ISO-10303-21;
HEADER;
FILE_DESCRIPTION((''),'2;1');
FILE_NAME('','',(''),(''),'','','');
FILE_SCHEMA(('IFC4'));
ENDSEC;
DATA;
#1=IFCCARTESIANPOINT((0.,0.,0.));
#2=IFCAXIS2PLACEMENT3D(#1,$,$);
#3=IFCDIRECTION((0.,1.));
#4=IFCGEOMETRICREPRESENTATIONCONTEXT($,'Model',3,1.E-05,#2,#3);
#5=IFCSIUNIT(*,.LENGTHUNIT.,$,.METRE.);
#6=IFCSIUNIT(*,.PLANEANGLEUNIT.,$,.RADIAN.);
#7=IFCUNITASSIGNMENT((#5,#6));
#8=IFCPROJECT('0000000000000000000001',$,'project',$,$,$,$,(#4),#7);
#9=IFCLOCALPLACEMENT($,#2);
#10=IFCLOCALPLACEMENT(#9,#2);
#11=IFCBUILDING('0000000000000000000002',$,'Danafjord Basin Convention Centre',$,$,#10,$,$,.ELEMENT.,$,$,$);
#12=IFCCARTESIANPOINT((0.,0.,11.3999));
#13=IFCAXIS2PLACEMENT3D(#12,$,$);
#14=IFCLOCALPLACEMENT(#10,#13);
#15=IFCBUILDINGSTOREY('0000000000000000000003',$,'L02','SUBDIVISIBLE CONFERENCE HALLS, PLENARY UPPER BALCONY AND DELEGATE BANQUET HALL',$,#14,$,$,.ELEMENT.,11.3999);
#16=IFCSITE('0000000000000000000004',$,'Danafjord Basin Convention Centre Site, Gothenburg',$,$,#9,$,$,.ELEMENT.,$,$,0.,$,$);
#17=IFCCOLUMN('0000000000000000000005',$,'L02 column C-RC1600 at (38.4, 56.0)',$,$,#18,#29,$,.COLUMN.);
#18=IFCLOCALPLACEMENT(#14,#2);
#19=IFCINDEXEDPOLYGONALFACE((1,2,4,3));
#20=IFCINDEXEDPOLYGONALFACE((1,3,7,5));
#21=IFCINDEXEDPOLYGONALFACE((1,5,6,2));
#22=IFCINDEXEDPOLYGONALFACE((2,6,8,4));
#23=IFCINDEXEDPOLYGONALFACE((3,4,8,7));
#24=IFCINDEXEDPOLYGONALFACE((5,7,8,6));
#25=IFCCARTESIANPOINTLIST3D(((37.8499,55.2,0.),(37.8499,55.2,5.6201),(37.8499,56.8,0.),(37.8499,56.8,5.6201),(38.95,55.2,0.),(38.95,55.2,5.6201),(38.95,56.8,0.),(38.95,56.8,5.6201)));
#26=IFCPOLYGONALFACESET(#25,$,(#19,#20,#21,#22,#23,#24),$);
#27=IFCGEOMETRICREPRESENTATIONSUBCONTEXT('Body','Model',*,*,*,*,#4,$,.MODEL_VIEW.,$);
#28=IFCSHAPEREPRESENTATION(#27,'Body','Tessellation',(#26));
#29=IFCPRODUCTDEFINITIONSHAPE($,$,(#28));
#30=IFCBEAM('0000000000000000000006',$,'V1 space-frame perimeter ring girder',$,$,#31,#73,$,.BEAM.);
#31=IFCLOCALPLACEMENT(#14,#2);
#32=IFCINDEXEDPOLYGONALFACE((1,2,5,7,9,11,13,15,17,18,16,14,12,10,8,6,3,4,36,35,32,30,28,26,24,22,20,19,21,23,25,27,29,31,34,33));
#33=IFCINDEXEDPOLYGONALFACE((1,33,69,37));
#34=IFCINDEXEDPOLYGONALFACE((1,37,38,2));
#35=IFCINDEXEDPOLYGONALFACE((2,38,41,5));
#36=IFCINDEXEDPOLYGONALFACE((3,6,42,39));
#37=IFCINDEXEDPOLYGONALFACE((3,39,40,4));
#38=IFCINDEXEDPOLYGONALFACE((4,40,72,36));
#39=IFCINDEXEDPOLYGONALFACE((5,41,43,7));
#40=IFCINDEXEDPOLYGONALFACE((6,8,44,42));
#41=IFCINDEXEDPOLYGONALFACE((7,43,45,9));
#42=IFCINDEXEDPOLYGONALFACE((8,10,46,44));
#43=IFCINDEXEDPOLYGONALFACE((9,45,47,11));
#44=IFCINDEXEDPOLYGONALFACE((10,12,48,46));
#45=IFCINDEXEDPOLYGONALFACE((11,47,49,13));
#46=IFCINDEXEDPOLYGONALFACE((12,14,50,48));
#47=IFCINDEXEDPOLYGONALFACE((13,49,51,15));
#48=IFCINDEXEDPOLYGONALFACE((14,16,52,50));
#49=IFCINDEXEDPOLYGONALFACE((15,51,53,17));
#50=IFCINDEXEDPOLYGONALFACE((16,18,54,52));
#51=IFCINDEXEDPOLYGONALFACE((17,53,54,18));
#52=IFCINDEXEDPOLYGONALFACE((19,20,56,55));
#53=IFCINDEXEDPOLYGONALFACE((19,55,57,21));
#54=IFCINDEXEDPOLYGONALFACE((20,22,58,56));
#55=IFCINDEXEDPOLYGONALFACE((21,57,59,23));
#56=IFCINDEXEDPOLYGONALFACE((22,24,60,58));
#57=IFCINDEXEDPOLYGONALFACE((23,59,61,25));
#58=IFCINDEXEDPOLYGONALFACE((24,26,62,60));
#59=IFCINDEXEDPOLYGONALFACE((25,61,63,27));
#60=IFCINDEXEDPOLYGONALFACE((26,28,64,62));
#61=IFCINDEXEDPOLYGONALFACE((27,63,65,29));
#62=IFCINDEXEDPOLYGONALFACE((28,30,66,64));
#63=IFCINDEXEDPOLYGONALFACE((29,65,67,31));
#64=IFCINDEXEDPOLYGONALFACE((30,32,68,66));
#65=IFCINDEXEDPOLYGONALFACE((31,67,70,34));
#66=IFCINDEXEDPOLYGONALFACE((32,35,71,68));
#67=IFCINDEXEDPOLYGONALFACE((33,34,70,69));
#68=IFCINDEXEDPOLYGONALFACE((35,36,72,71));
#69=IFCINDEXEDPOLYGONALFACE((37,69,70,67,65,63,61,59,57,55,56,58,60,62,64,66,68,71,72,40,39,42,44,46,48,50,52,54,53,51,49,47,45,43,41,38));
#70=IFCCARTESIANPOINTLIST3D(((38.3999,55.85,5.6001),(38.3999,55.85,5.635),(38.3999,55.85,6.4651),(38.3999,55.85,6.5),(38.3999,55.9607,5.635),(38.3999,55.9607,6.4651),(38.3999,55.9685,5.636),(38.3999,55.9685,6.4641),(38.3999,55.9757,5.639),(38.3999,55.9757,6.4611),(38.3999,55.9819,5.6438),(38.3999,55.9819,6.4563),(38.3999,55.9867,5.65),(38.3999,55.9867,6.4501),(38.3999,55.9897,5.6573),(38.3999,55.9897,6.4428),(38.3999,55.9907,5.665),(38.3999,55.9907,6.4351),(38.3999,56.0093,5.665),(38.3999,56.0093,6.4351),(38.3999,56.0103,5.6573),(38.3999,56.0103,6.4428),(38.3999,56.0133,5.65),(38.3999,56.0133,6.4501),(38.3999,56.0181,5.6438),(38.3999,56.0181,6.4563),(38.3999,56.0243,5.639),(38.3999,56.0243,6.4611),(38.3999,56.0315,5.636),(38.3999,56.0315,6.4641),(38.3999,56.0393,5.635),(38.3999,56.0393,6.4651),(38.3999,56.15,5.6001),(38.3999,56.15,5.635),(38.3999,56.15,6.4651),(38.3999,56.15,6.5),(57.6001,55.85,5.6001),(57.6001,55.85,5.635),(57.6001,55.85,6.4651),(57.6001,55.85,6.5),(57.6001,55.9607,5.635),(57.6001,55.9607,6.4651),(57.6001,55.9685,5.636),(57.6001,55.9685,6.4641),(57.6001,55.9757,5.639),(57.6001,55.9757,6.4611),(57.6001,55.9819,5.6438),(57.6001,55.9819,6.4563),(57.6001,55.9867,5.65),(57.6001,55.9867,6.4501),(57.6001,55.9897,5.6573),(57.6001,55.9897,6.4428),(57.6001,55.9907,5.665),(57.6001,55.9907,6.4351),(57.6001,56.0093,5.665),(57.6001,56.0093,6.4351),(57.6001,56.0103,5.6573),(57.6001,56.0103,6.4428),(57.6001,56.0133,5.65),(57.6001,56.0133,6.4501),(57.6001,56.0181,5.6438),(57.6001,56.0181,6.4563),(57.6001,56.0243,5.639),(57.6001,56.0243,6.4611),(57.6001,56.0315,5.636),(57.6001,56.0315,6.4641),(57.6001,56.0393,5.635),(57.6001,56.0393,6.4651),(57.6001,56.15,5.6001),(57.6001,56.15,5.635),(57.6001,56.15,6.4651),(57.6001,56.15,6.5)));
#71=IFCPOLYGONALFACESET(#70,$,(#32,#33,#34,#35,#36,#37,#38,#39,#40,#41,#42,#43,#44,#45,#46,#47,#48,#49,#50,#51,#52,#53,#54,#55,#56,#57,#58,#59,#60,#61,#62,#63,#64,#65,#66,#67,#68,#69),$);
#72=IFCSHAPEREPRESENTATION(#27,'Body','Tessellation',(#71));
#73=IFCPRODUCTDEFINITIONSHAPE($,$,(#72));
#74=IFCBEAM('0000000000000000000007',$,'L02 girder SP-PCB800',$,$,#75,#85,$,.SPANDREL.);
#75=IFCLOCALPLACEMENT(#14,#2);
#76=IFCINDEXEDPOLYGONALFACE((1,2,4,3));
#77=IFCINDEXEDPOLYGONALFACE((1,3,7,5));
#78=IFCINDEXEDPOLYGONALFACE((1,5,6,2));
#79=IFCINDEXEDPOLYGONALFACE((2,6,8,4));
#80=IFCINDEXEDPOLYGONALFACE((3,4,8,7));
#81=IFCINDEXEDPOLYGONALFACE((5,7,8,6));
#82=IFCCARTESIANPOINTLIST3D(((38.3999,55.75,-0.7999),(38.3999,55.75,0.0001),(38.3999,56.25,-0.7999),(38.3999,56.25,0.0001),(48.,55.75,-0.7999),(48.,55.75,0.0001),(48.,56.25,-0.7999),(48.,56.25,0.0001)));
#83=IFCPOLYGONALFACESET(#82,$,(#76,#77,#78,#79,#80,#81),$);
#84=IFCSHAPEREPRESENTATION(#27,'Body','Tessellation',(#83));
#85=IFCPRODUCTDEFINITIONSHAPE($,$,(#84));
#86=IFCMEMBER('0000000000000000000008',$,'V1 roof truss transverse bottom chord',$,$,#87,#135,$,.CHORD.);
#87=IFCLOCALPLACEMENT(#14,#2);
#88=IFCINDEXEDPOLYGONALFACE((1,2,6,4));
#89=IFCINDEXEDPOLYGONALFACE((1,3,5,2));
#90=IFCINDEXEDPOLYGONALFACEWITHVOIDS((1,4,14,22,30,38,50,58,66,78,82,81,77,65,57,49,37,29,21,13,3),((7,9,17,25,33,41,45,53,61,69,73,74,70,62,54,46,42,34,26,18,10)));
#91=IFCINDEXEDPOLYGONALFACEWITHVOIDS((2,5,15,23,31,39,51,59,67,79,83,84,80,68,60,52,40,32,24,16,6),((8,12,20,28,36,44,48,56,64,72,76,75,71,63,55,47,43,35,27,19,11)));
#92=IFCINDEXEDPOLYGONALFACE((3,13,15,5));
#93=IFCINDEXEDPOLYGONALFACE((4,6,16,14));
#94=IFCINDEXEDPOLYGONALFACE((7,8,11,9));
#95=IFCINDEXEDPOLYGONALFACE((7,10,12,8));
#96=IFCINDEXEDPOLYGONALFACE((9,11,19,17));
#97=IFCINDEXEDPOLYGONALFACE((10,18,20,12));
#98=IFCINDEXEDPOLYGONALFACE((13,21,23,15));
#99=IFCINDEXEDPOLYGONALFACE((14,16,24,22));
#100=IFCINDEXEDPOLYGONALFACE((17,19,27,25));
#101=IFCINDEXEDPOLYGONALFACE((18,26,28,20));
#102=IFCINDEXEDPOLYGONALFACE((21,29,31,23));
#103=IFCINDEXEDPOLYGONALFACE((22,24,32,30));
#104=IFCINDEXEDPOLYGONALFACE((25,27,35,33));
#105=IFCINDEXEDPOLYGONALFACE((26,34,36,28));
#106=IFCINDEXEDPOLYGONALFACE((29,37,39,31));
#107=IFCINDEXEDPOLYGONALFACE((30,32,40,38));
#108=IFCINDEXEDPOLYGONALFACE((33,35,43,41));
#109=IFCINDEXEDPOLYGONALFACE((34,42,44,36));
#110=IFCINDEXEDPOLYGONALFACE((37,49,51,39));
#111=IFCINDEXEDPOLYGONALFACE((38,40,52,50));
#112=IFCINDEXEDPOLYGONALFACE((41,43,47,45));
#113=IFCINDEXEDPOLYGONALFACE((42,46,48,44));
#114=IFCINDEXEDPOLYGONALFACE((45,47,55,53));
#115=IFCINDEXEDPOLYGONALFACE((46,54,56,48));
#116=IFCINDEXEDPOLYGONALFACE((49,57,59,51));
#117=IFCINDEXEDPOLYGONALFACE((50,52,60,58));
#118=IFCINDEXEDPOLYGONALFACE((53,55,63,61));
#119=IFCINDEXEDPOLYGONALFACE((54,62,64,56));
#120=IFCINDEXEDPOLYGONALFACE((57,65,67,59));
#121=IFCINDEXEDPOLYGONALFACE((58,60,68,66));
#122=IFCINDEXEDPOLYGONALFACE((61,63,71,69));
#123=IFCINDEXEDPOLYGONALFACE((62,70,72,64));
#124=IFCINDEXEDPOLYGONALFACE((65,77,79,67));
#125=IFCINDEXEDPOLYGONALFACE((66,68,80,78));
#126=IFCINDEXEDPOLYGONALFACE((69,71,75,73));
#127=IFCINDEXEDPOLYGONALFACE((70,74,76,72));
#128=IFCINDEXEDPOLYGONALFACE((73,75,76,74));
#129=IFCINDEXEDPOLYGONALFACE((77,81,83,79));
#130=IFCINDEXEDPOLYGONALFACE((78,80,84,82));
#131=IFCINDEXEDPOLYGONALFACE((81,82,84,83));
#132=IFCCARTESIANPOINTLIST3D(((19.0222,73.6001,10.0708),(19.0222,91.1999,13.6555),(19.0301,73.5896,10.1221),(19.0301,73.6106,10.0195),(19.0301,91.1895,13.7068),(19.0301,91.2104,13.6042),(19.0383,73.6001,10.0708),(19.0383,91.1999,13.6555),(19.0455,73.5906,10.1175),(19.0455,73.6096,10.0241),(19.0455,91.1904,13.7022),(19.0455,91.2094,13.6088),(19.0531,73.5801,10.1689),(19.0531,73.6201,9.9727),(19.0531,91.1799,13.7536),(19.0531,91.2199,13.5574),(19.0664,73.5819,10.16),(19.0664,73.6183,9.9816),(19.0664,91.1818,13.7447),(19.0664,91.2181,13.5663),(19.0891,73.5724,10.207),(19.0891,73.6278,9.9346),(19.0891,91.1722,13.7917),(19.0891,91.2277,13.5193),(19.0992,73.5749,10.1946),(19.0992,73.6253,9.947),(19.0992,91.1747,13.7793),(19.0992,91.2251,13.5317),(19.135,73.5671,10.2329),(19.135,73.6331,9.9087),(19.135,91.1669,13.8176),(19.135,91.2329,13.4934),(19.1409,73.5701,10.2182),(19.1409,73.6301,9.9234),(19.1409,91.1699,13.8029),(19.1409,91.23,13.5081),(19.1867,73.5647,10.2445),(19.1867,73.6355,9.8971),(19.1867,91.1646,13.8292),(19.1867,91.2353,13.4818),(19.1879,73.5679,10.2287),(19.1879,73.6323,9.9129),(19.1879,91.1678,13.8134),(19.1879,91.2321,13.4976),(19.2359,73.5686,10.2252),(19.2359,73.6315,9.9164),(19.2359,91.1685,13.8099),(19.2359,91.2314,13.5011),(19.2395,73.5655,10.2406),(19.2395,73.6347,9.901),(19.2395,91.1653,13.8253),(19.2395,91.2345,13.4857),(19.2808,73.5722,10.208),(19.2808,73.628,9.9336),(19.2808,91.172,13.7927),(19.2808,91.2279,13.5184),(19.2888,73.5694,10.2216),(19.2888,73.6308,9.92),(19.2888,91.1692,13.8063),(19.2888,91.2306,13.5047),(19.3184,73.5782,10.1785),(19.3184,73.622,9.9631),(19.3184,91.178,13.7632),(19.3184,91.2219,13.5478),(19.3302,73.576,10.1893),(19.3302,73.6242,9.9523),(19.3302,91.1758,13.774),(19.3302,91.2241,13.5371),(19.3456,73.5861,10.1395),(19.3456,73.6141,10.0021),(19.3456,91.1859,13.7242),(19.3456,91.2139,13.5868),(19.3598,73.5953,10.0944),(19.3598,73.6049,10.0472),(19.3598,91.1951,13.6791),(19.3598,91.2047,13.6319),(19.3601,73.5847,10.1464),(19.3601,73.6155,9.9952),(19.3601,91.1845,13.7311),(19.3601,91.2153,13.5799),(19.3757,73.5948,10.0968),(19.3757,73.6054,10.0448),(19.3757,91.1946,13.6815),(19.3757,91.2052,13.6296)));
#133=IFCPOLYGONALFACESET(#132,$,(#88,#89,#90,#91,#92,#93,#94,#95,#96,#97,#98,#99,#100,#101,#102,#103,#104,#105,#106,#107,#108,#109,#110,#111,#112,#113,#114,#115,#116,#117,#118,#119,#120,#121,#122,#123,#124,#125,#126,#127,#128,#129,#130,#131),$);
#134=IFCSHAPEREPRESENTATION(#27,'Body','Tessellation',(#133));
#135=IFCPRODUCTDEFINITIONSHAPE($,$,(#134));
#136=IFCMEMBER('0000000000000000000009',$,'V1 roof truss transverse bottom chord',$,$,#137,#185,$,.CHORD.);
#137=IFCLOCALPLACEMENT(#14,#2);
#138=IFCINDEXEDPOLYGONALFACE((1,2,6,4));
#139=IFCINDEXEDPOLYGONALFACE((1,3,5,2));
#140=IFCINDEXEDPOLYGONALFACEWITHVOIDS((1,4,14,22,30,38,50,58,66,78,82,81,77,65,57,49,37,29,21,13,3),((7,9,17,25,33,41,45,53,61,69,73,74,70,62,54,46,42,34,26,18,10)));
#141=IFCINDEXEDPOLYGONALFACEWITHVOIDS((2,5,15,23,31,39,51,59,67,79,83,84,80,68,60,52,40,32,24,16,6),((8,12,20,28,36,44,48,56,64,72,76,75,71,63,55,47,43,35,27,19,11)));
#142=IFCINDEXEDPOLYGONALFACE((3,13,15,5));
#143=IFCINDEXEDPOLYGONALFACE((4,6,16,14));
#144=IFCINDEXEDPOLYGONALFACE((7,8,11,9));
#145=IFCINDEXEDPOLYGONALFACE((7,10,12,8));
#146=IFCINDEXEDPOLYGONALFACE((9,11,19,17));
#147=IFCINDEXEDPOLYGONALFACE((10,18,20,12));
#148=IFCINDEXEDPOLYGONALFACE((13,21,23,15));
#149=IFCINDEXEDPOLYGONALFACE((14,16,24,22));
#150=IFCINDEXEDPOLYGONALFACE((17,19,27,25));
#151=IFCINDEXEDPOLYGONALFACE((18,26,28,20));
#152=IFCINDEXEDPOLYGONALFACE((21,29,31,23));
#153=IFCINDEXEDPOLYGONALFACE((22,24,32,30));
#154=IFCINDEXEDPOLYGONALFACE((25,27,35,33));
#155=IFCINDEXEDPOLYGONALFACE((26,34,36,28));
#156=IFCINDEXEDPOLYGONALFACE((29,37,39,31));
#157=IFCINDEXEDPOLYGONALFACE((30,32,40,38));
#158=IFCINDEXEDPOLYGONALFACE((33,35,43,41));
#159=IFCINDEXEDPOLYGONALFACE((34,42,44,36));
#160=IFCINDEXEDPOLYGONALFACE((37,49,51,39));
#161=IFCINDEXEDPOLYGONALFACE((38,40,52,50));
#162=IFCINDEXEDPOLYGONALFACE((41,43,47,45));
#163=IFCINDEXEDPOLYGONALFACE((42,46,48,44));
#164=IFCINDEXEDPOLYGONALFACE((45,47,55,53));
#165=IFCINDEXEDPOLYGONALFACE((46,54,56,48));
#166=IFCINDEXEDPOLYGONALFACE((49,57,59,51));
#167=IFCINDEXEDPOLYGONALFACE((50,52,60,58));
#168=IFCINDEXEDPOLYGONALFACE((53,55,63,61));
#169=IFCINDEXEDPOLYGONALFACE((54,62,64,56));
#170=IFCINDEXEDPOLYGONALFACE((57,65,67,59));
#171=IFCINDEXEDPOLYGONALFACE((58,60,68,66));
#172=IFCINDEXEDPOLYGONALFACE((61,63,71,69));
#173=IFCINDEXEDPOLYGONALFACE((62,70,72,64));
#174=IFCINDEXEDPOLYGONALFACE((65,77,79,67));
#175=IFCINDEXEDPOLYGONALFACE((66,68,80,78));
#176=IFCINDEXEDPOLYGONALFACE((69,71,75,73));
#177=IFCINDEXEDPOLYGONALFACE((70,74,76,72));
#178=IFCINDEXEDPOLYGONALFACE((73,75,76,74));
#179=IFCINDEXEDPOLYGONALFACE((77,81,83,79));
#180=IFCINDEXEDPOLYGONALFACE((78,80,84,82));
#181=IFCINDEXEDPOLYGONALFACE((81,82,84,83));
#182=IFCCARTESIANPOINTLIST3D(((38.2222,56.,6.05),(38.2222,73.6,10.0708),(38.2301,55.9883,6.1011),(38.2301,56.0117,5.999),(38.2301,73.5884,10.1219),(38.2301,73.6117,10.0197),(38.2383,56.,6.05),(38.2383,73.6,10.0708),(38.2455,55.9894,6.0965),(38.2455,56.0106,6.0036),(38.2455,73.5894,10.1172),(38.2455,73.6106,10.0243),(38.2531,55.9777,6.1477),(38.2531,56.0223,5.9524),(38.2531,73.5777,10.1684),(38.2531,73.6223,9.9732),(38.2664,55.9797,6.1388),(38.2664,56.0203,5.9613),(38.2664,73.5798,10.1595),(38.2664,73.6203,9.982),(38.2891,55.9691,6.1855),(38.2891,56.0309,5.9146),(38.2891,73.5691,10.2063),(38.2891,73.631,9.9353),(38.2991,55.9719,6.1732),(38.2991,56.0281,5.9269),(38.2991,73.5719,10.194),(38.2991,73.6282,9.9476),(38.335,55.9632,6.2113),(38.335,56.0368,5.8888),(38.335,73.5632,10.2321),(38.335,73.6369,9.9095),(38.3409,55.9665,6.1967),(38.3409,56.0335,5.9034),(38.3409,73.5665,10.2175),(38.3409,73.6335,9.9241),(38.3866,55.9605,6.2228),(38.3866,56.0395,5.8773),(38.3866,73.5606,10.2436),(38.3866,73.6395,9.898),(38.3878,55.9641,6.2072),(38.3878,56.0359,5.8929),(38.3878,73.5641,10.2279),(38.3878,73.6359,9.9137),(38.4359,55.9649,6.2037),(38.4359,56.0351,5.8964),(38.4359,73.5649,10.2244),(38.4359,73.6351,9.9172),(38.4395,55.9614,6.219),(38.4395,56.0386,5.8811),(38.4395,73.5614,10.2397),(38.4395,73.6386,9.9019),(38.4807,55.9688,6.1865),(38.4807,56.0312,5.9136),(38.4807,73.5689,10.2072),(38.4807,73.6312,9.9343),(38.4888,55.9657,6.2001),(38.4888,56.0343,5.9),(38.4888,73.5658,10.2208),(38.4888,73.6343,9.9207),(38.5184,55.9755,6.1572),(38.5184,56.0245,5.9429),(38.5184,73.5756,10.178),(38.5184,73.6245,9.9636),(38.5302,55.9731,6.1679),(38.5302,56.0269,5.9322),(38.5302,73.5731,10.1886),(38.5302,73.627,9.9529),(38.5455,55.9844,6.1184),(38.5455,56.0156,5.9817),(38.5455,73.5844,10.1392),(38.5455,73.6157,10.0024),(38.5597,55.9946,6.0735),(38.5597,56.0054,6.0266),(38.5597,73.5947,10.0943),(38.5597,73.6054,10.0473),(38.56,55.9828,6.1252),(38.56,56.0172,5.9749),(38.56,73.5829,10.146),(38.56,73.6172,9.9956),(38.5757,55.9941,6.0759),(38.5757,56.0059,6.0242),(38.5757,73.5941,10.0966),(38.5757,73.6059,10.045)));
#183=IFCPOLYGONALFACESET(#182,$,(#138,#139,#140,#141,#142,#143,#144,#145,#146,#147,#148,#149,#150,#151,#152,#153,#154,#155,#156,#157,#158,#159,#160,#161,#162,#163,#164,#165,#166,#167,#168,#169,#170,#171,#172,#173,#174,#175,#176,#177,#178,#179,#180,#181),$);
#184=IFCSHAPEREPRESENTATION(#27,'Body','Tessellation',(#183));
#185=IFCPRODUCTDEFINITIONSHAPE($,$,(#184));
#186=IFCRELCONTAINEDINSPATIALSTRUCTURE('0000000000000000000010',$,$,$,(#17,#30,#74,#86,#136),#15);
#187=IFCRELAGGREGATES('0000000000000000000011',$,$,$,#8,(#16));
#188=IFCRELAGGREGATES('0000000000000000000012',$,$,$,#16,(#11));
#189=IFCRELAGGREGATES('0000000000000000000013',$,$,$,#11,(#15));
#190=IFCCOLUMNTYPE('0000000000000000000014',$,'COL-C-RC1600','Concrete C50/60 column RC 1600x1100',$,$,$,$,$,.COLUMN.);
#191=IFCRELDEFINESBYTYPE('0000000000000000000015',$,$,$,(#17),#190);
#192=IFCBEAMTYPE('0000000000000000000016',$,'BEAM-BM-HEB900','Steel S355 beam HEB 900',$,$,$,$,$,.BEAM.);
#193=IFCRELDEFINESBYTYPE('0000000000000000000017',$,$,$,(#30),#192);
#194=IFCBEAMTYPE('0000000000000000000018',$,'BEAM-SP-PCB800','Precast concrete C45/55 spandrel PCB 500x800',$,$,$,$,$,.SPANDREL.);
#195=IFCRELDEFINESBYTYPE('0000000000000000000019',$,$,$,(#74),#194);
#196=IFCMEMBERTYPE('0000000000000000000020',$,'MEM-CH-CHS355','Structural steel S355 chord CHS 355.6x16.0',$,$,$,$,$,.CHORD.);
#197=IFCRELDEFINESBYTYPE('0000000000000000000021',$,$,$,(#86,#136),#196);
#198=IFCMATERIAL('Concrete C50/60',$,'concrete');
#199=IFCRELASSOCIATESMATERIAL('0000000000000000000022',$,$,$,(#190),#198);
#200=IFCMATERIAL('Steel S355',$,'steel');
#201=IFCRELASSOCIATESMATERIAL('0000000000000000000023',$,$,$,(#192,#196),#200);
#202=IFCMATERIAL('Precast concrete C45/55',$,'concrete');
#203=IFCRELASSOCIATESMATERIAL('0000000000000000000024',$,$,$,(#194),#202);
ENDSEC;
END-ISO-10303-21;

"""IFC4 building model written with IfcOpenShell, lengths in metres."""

from ifc_helpers import new_model, si_unit, direction, frame, origin, origin_2d, place, context, subcontext, project, spatial, rectangle, hollow_circle, i_section, extrude, material, material_profile, profile_set, type_object, element, save


model = new_model("IFC4")

# Units and contexts
model_context = context("Model", 3, precision=1e-05, world=origin(), true_north=direction((0.0, 1.0)))
body_context = subcontext(model_context, "Body", "Model", "MODEL_VIEW")
ifc_project = project(units=[si_unit("LENGTHUNIT", "METRE"), si_unit("PLANEANGLEUNIT", "RADIAN")], contexts=[model_context])

# Site, building, storey
site_placement = place(None, origin())
site = spatial("IfcSite", under=ifc_project, at=site_placement, Name="Danafjord Basin Convention Centre Site, Gothenburg", CompositionType="ELEMENT", RefElevation=0.0)
building_placement = place(site_placement, origin())
building = spatial("IfcBuilding", under=site, at=building_placement, Name="Danafjord Basin Convention Centre", CompositionType="ELEMENT")
storey_placement = place(building_placement, frame((0.0, 0.0, 11.3999)))
storey = spatial("IfcBuildingStorey", under=building, at=storey_placement, Name="L02", Description="SUBDIVISIBLE CONFERENCE HALLS, PLENARY UPPER BALCONY AND DELEGATE BANQUET HALL", CompositionType="ELEMENT", Elevation=11.3999)

# Column
ifc_material_1 = material(Name="Concrete C50/60", Category="concrete")
ifc_material_profile_1 = material_profile(ifc_material_1, rectangle(XDim=1.1001, YDim=1.6001, at=origin_2d()), Name="RC 1600x1100")
ifc_profile_set_1 = profile_set([ifc_material_profile_1], Name="Concrete C50/60")
column_type = type_object("IfcColumnType", Name="COL-C-RC1600", Description="Concrete C50/60 column RC 1600x1100", PredefinedType="COLUMN", material=ifc_profile_set_1)
column_placement = place(storey_placement, frame((38.3999, 56.0, 0.0), z_axis=(0.0, 0.0, 1.0), x_axis=(1.0, 0.0, 0.0)))
element("IfcColumn", 1, at=column_placement, inside=storey, type_object=column_type, Name="L02 column C-RC1600 at (38.4, 56.0)", PredefinedType="COLUMN", context=body_context, shape_type="SweptSolid", body=[
    extrude(rectangle(XDim=1.1001, YDim=1.6001, at=origin_2d()), origin(), (0.0, 0.0, 1.0), 5.6201),
])

# Beams
ifc_material_2 = material(Name="Steel S355", Category="steel")
ifc_material_profile_2 = material_profile(ifc_material_2, i_section(OverallWidth=0.3, OverallDepth=0.8999, WebThickness=0.0186, FlangeThickness=0.0349, FilletRadius=0.03, at=origin_2d()), Name="HEB 900")
ifc_profile_set_2 = profile_set([ifc_material_profile_2], Name="Steel S355")
beam_type_1 = type_object("IfcBeamType", Name="BEAM-BM-HEB900", Description="Steel S355 beam HEB 900", PredefinedType="BEAM", material=ifc_profile_set_2)
beam_1_placement = place(storey_placement, frame((38.3999, 56.0, 6.05), z_axis=(1.0, 0.0, 0.0), x_axis=(0.0, 1.0, 0.0)))
element("IfcBeam", 2, at=beam_1_placement, inside=storey, type_object=beam_type_1, Name="V1 space-frame perimeter ring girder", PredefinedType="BEAM", context=body_context, shape_type="SweptSolid", body=[
    extrude(i_section(OverallWidth=0.3, OverallDepth=0.8999, WebThickness=0.0186, FlangeThickness=0.0349, FilletRadius=0.03, at=origin_2d()), origin(), (0.0, 0.0, 1.0), 19.2002),
])
ifc_material_3 = material(Name="Precast concrete C45/55", Category="concrete")
ifc_material_profile_3 = material_profile(ifc_material_3, rectangle(XDim=0.5, YDim=0.8, at=origin_2d()), Name="PCB 500x800")
ifc_profile_set_3 = profile_set([ifc_material_profile_3], Name="Precast concrete C45/55")
beam_type_2 = type_object("IfcBeamType", Name="BEAM-SP-PCB800", Description="Precast concrete C45/55 spandrel PCB 500x800", PredefinedType="SPANDREL", material=ifc_profile_set_3)
beam_2_placement = place(storey_placement, frame((38.3999, 56.0, -0.3999), z_axis=(1.0, 0.0, 0.0), x_axis=(0.0, 1.0, 0.0)))
element("IfcBeam", 3, at=beam_2_placement, inside=storey, type_object=beam_type_2, Name="L02 girder SP-PCB800", PredefinedType="SPANDREL", context=body_context, shape_type="SweptSolid", body=[
    extrude(rectangle(XDim=0.5, YDim=0.8, at=origin_2d()), origin(), (0.0, 0.0, 1.0), 9.6001),
])

# Members
ifc_material_profile_4 = material_profile(ifc_material_2, hollow_circle(Radius=0.1777, WallThickness=0.0161, at=origin_2d()), Name="CHS 355.6x16.0")
ifc_profile_set_4 = profile_set([ifc_material_profile_4], Name="Steel S355")
member_type_1 = type_object("IfcMemberType", Name="MEM-CH-CHS355", Description="Structural steel S355 chord CHS 355.6x16.0", PredefinedType="CHORD", material=ifc_profile_set_4)
member_1_placement = place(storey_placement, frame((19.2, 73.6001, 10.0708), z_axis=(0.0, 0.979881, 0.199581), x_axis=(-1.0, 0.0, 0.0)))
element("IfcMember", 4, at=member_1_placement, inside=storey, type_object=member_type_1, Name="V1 roof truss transverse bottom chord", PredefinedType="CHORD", context=body_context, shape_type="SweptSolid", body=[
    extrude(hollow_circle(Radius=0.1777, WallThickness=0.0161, at=origin_2d()), origin(), (0.0, 0.0, 1.0), 17.9612),
])
member_2_placement = place(storey_placement, frame((38.3999, 56.0, 6.05), z_axis=(0.0, 0.974884, 0.222713), x_axis=(-1.0, 0.0, 0.0)))
element("IfcMember", 5, at=member_2_placement, inside=storey, type_object=member_type_1, Name="V1 roof truss transverse bottom chord", PredefinedType="CHORD", context=body_context, shape_type="SweptSolid", body=[
    extrude(hollow_circle(Radius=0.1777, WallThickness=0.0161, at=origin_2d()), origin(), (0.0, 0.0, 1.0), 18.0535),
])

save(model, "model.ifc")
